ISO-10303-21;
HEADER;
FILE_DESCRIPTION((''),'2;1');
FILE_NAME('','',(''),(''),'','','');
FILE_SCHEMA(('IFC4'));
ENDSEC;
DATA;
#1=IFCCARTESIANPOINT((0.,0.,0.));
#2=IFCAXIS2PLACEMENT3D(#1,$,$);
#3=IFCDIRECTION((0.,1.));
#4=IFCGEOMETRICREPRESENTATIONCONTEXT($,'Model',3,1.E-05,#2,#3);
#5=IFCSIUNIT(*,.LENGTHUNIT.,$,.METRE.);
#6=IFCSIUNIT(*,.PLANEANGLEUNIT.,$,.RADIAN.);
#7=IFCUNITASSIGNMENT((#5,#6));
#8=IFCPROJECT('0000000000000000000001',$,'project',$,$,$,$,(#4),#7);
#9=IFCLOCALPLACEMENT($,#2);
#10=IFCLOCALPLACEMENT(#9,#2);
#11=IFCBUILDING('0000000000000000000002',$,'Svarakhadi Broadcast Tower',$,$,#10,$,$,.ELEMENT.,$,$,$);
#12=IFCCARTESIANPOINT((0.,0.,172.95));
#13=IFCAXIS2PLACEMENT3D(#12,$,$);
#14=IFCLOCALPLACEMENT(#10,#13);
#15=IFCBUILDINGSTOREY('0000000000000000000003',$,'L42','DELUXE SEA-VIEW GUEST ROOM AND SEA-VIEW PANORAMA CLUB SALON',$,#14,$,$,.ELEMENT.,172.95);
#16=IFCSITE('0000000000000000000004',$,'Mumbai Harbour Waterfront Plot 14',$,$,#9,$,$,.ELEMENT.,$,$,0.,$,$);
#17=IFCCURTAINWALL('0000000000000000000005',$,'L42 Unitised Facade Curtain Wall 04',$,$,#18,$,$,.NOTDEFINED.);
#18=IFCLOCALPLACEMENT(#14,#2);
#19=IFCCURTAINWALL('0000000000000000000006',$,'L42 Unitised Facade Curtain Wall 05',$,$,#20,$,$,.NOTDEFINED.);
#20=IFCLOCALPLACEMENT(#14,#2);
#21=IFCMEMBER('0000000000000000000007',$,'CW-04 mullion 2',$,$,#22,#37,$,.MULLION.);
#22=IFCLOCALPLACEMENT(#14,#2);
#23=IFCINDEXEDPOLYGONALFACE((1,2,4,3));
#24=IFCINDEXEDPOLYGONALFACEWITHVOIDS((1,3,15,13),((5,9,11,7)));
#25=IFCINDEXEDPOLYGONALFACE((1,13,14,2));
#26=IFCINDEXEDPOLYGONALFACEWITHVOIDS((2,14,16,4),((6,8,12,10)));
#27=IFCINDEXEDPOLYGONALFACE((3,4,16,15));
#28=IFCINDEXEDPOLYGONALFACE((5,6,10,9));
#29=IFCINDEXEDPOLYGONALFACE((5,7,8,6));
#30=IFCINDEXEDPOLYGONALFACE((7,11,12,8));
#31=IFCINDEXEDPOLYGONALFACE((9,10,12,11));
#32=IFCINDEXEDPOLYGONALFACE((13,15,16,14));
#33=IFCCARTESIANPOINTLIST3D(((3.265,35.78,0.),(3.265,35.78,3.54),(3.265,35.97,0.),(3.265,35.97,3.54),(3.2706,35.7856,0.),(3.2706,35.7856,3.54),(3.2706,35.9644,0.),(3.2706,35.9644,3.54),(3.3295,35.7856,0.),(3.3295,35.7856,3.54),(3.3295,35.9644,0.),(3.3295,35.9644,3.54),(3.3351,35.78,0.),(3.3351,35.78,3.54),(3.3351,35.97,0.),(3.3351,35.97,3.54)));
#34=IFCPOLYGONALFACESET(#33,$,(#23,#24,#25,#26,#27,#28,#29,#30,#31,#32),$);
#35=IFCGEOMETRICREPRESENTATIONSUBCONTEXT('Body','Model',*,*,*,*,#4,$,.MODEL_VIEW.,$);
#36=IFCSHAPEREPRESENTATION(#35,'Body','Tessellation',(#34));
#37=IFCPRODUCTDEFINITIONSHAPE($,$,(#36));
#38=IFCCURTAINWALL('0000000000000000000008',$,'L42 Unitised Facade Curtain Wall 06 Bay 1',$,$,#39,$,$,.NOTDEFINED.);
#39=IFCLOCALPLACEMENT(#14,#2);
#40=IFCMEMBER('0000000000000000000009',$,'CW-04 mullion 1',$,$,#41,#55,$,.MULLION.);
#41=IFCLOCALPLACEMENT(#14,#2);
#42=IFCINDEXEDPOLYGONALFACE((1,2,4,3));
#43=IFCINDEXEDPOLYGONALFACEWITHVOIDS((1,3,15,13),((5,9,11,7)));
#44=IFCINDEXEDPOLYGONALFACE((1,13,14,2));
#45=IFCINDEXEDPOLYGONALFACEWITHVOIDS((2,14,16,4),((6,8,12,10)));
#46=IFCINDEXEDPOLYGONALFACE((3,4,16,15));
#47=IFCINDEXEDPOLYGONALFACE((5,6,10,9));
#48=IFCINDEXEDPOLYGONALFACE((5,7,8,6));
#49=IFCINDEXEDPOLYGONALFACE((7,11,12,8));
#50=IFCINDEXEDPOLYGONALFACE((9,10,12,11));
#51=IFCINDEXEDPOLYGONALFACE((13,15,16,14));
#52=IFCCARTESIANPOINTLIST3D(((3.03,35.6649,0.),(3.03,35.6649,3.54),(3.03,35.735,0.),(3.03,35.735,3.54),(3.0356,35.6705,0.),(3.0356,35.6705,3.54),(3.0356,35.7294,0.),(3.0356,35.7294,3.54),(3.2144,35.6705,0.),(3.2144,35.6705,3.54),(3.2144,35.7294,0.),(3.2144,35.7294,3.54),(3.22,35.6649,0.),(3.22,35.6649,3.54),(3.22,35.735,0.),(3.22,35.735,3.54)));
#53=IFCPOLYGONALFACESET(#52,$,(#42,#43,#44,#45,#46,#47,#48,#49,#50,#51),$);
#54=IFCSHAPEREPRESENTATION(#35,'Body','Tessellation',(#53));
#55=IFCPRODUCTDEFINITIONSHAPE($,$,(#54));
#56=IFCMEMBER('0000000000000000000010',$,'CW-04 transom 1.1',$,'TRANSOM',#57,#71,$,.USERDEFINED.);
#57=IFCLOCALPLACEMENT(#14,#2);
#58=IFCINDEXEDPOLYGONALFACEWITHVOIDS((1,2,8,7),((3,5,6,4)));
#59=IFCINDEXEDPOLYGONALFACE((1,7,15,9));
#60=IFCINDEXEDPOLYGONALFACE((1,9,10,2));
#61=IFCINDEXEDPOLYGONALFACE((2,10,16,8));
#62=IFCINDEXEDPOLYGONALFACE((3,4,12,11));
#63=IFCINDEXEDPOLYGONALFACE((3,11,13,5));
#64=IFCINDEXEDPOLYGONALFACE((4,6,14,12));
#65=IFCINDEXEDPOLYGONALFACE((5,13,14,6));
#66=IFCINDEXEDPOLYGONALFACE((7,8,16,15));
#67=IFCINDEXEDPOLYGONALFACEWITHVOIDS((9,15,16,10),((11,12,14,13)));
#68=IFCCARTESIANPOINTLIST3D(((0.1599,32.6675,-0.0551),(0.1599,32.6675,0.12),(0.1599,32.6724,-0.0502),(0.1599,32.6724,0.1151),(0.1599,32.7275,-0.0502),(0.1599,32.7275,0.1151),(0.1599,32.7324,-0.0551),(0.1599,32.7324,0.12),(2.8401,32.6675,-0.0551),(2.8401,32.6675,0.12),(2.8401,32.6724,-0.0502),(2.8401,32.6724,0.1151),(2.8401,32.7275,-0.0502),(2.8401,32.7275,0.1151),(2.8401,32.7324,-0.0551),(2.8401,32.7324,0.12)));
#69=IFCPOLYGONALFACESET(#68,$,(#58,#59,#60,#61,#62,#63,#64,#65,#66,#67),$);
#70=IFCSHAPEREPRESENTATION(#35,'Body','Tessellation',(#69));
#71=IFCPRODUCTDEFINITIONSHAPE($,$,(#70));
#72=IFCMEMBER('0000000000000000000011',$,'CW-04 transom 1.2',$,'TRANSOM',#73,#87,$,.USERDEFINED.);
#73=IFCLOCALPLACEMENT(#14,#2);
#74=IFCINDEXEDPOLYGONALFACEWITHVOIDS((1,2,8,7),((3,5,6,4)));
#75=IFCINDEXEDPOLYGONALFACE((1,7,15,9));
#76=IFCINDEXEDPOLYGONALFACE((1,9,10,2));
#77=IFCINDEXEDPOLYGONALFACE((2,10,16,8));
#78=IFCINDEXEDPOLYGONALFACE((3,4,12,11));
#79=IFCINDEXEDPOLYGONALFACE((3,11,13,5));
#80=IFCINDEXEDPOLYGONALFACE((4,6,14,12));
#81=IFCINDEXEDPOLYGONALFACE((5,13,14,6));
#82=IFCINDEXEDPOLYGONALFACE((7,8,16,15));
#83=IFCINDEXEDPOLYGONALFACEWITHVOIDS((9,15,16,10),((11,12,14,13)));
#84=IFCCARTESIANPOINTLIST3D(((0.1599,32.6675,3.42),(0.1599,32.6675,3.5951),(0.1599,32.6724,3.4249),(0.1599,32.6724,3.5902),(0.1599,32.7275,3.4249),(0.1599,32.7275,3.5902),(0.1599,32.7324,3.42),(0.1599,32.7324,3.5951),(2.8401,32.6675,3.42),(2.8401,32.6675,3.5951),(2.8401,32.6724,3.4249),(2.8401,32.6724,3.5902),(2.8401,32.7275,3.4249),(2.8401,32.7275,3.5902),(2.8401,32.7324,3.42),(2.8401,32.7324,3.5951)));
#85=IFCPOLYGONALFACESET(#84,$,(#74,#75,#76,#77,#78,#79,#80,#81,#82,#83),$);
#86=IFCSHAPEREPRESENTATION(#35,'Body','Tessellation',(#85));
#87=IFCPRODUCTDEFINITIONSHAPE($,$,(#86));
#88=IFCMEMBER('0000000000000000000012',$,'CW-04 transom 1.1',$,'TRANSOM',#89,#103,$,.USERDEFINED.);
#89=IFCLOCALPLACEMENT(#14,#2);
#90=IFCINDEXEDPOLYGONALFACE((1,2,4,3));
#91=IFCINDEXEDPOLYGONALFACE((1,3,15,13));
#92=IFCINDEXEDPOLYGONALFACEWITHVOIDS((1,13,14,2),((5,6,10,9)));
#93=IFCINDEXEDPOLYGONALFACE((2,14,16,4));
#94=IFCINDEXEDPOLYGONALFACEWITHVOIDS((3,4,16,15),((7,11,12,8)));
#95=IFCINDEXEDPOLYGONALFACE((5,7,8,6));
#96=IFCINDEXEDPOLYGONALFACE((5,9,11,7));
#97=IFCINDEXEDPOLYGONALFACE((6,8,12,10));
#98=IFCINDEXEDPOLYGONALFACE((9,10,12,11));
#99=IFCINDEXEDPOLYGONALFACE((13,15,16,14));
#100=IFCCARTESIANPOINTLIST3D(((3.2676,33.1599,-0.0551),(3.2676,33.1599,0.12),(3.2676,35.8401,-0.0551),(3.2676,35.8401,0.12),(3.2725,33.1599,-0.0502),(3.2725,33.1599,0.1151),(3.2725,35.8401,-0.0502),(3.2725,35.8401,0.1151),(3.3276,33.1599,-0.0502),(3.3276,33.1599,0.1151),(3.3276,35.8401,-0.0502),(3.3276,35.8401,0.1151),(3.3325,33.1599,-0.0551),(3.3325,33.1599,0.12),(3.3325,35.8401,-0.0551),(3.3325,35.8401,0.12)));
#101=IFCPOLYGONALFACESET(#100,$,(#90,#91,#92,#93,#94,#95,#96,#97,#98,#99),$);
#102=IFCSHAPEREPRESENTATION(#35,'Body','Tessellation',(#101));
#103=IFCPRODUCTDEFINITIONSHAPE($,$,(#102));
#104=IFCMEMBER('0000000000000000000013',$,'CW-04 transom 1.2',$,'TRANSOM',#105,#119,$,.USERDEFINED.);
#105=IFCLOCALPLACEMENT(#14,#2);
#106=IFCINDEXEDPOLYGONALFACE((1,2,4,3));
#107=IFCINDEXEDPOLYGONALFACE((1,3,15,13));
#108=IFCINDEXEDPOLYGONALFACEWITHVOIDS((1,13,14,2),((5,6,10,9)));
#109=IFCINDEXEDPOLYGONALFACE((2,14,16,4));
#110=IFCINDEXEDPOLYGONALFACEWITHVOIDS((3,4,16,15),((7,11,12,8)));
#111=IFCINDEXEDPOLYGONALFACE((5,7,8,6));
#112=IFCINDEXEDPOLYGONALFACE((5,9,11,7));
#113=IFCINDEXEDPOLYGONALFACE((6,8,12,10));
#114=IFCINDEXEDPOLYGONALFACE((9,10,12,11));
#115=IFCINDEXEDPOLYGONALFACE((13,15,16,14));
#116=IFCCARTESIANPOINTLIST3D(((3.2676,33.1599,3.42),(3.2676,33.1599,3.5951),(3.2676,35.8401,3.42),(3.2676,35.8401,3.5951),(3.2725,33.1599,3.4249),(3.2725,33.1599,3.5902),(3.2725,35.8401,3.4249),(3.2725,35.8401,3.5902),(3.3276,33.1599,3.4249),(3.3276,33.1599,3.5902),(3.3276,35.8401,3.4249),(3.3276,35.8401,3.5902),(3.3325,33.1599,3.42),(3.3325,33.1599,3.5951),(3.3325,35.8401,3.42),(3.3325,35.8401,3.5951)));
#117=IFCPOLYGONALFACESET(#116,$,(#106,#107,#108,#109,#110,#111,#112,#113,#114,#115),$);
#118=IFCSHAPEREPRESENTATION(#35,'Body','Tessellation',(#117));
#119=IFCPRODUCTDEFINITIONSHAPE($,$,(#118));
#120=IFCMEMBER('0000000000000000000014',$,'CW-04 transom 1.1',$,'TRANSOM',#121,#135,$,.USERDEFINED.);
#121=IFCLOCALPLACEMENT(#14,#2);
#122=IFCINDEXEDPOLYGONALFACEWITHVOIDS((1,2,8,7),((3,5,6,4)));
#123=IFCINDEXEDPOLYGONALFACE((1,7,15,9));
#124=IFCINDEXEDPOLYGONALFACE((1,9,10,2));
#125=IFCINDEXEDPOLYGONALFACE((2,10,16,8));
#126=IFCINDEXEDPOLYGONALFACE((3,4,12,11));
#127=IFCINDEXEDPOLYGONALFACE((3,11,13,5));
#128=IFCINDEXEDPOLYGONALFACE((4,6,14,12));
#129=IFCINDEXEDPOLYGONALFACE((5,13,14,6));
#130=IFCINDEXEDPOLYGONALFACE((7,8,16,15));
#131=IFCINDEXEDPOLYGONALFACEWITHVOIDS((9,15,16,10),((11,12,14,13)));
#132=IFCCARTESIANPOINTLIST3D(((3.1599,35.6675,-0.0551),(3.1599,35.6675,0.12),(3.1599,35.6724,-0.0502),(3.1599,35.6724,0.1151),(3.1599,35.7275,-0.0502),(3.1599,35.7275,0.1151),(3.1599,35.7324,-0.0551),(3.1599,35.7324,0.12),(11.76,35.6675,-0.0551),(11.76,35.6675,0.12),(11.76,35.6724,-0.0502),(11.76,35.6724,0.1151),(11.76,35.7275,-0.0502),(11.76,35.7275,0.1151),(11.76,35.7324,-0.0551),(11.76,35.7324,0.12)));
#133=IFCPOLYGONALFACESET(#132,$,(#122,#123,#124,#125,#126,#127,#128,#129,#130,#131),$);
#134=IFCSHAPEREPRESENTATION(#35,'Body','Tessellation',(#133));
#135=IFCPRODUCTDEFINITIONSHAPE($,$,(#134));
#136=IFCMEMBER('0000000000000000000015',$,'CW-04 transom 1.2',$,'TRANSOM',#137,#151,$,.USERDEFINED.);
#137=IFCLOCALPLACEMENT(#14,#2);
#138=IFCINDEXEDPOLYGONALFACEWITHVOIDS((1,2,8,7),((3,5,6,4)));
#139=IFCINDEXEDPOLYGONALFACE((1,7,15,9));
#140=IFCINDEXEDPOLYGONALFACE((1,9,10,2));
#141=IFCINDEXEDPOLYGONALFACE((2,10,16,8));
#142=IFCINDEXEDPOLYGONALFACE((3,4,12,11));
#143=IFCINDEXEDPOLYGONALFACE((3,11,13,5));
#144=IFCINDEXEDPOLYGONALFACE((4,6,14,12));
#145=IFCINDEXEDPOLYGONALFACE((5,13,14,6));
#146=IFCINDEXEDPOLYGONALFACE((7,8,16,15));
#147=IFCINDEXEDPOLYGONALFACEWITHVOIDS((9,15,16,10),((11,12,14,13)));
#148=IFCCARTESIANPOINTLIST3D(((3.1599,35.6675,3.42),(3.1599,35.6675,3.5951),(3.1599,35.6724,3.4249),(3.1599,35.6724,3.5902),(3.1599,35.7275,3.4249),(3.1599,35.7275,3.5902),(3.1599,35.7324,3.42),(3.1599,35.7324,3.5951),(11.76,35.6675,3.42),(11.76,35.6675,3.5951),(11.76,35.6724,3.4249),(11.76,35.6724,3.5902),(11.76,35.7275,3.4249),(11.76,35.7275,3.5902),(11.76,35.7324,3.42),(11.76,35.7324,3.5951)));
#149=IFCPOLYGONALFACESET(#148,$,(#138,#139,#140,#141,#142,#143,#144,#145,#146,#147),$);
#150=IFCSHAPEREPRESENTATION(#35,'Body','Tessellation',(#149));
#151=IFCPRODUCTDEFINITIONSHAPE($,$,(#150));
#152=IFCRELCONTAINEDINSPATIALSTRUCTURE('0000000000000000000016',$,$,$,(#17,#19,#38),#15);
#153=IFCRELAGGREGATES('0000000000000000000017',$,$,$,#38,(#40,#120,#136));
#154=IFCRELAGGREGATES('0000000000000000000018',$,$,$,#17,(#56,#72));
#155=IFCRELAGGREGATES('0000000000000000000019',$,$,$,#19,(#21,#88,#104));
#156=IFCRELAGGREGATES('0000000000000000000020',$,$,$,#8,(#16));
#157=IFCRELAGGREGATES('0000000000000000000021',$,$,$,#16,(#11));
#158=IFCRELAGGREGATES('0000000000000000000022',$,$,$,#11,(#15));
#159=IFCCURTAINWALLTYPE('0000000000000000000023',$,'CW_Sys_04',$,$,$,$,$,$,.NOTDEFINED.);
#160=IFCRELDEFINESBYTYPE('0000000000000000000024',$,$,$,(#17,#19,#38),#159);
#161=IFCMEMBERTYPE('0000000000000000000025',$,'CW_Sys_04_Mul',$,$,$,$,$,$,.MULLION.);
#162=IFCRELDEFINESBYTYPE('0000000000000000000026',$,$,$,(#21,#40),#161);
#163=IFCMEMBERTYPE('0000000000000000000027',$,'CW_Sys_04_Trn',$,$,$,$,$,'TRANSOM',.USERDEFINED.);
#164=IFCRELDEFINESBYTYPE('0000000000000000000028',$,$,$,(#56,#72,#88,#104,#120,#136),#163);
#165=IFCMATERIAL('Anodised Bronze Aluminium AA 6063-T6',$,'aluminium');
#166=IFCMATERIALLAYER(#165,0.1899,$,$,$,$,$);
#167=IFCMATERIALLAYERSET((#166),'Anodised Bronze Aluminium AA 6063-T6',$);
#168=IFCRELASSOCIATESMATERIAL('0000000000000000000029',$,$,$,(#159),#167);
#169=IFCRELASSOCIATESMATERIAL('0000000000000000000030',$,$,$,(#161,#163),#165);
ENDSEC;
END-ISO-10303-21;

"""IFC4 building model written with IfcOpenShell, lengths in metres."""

from ifc_helpers import new_model, si_unit, direction, frame, origin, origin_2d, place, context, subcontext, project, spatial, hollow_rectangle, extrude, material, layer, layer_set, material_profile, profile_set, type_object, element, aggregate, save


model = new_model("IFC4")

# Units and contexts
model_context = context("Model", 3, precision=1e-05, world=origin(), true_north=direction((0.0, 1.0)))
body_context = subcontext(model_context, "Body", "Model", "MODEL_VIEW")
ifc_project = project(units=[si_unit("LENGTHUNIT", "METRE"), si_unit("PLANEANGLEUNIT", "RADIAN")], contexts=[model_context])

# Site, building, storey
site_placement = place(None, origin())
site = spatial("IfcSite", under=ifc_project, at=site_placement, Name="Mumbai Harbour Waterfront Plot 14", CompositionType="ELEMENT", RefElevation=0.0)
building_placement = place(site_placement, origin())
building = spatial("IfcBuilding", under=site, at=building_placement, Name="Svarakhadi Broadcast Tower", CompositionType="ELEMENT")
storey_placement = place(building_placement, frame((0.0, 0.0, 172.95)))
storey = spatial("IfcBuildingStorey", under=building, at=storey_placement, Name="L42", Description="DELUXE SEA-VIEW GUEST ROOM AND SEA-VIEW PANORAMA CLUB SALON", CompositionType="ELEMENT", Elevation=172.95)

# Shared definitions
ifc_material_1 = material(Name="Anodised Bronze Aluminium AA 6063-T6", Category="aluminium")
ifc_layer_1 = layer(ifc_material_1, 0.1899)
ifc_layer_set_1 = layer_set([ifc_layer_1], Name="Anodised Bronze Aluminium AA 6063-T6")
curtain_wall_type = type_object("IfcCurtainWallType", Name="CW_Sys_04", PredefinedType="NOTDEFINED", material=ifc_layer_set_1)
ifc_material_profile_1 = material_profile(ifc_material_1, hollow_rectangle(XDim=0.0701, YDim=0.1899, WallThickness=0.0056, at=origin_2d()), Name="ALU MULLION 190x70x6")
ifc_profile_set_1 = profile_set([ifc_material_profile_1], Name="Anodised Bronze Aluminium AA 6063-T6")
member_type_1 = type_object("IfcMemberType", Name="CW_Sys_04_Mul", PredefinedType="MULLION", material=ifc_profile_set_1)

# Curtain walls, member
curtain_wall_1_placement = place(storey_placement, origin())
curtain_wall_1 = element("IfcCurtainWall", 1, at=curtain_wall_1_placement, inside=storey, type_object=curtain_wall_type, Name="L42 Unitised Facade Curtain Wall 04", PredefinedType="NOTDEFINED")
curtain_wall_2_placement = place(storey_placement, origin())
curtain_wall_2 = element("IfcCurtainWall", 2, at=curtain_wall_2_placement, inside=storey, type_object=curtain_wall_type, Name="L42 Unitised Facade Curtain Wall 05", PredefinedType="NOTDEFINED")
member_1_placement = place(storey_placement, frame((3.3, 35.875, 0.0), z_axis=(0.0, 0.0, 1.0), x_axis=(-1.0, 0.0, 0.0)))
member_1 = element("IfcMember", 3, at=member_1_placement, type_object=member_type_1, Name="CW-04 mullion 2", PredefinedType="MULLION", context=body_context, shape_type="SweptSolid", body=[
    extrude(hollow_rectangle(XDim=0.0701, YDim=0.1899, WallThickness=0.0056, at=origin_2d()), origin(), (0.0, 0.0, 1.0), 3.54),
])

# Curtain wall, member
curtain_wall_3_placement = place(storey_placement, origin())
curtain_wall_3 = element("IfcCurtainWall", 4, at=curtain_wall_3_placement, inside=storey, type_object=curtain_wall_type, Name="L42 Unitised Facade Curtain Wall 06 Bay 1", PredefinedType="NOTDEFINED")
member_2_placement = place(storey_placement, frame((3.125, 35.7, 0.0), z_axis=(0.0, 0.0, 1.0), x_axis=(0.0, 1.0, 0.0)))
member_2 = element("IfcMember", 5, at=member_2_placement, type_object=member_type_1, Name="CW-04 mullion 1", PredefinedType="MULLION", context=body_context, shape_type="SweptSolid", body=[
    extrude(hollow_rectangle(XDim=0.0701, YDim=0.1899, WallThickness=0.0056, at=origin_2d()), origin(), (0.0, 0.0, 1.0), 3.54),
])

# Members
ifc_material_profile_2 = material_profile(ifc_material_1, hollow_rectangle(XDim=0.0649, YDim=0.175, WallThickness=0.0049, at=origin_2d()), Name="ALU TRANSOM 175x65x5")
ifc_profile_set_2 = profile_set([ifc_material_profile_2], Name="Anodised Bronze Aluminium AA 6063-T6")
member_type_2 = type_object("IfcMemberType", Name="CW_Sys_04_Trn", ElementType="TRANSOM", PredefinedType="USERDEFINED", material=ifc_profile_set_2)
member_3_placement = place(storey_placement, frame((0.1599, 32.7, 0.0325), z_axis=(1.0, 0.0, 0.0), x_axis=(0.0, 1.0, 0.0)))
member_3 = element("IfcMember", 6, at=member_3_placement, type_object=member_type_2, Name="CW-04 transom 1.1", ObjectType="TRANSOM", PredefinedType="USERDEFINED", context=body_context, shape_type="SweptSolid", body=[
    extrude(hollow_rectangle(XDim=0.0649, YDim=0.175, WallThickness=0.0049, at=origin_2d()), origin(), (0.0, 0.0, 1.0), 2.6802),
])
member_4_placement = place(storey_placement, frame((0.1599, 32.7, 3.5076), z_axis=(1.0, 0.0, 0.0), x_axis=(0.0, 1.0, 0.0)))
member_4 = element("IfcMember", 7, at=member_4_placement, type_object=member_type_2, Name="CW-04 transom 1.2", ObjectType="TRANSOM", PredefinedType="USERDEFINED", context=body_context, shape_type="SweptSolid", body=[
    extrude(hollow_rectangle(XDim=0.0649, YDim=0.175, WallThickness=0.0049, at=origin_2d()), origin(), (0.0, 0.0, 1.0), 2.6802),
])
member_5_placement = place(storey_placement, frame((3.3, 33.1599, 0.0325), z_axis=(0.0, 1.0, 0.0), x_axis=(-1.0, 0.0, 0.0)))
member_5 = element("IfcMember", 8, at=member_5_placement, type_object=member_type_2, Name="CW-04 transom 1.1", ObjectType="TRANSOM", PredefinedType="USERDEFINED", context=body_context, shape_type="SweptSolid", body=[
    extrude(hollow_rectangle(XDim=0.0649, YDim=0.175, WallThickness=0.0049, at=origin_2d()), origin(), (0.0, 0.0, 1.0), 2.6802),
])
member_6_placement = place(storey_placement, frame((3.3, 33.1599, 3.5076), z_axis=(0.0, 1.0, 0.0), x_axis=(-1.0, 0.0, 0.0)))
member_6 = element("IfcMember", 9, at=member_6_placement, type_object=member_type_2, Name="CW-04 transom 1.2", ObjectType="TRANSOM", PredefinedType="USERDEFINED", context=body_context, shape_type="SweptSolid", body=[
    extrude(hollow_rectangle(XDim=0.0649, YDim=0.175, WallThickness=0.0049, at=origin_2d()), origin(), (0.0, 0.0, 1.0), 2.6802),
])
member_7_placement = place(storey_placement, frame((3.1599, 35.7, 0.0325), z_axis=(1.0, 0.0, 0.0), x_axis=(0.0, 1.0, 0.0)))
member_7 = element("IfcMember", 10, at=member_7_placement, type_object=member_type_2, Name="CW-04 transom 1.1", ObjectType="TRANSOM", PredefinedType="USERDEFINED", context=body_context, shape_type="SweptSolid", body=[
    extrude(hollow_rectangle(XDim=0.0649, YDim=0.175, WallThickness=0.0049, at=origin_2d()), origin(), (0.0, 0.0, 1.0), 8.6001),
])
member_8_placement = place(storey_placement, frame((3.1599, 35.7, 3.5076), z_axis=(1.0, 0.0, 0.0), x_axis=(0.0, 1.0, 0.0)))
member_8 = element("IfcMember", 11, at=member_8_placement, type_object=member_type_2, Name="CW-04 transom 1.2", ObjectType="TRANSOM", PredefinedType="USERDEFINED", context=body_context, shape_type="SweptSolid", body=[
    extrude(hollow_rectangle(XDim=0.0649, YDim=0.175, WallThickness=0.0049, at=origin_2d()), origin(), (0.0, 0.0, 1.0), 8.6001),
])
aggregate(curtain_wall_3, [member_2, member_7, member_8])

aggregate(curtain_wall_1, [member_3, member_4])
aggregate(curtain_wall_2, [member_1, member_5, member_6])

save(model, "model.ifc")
